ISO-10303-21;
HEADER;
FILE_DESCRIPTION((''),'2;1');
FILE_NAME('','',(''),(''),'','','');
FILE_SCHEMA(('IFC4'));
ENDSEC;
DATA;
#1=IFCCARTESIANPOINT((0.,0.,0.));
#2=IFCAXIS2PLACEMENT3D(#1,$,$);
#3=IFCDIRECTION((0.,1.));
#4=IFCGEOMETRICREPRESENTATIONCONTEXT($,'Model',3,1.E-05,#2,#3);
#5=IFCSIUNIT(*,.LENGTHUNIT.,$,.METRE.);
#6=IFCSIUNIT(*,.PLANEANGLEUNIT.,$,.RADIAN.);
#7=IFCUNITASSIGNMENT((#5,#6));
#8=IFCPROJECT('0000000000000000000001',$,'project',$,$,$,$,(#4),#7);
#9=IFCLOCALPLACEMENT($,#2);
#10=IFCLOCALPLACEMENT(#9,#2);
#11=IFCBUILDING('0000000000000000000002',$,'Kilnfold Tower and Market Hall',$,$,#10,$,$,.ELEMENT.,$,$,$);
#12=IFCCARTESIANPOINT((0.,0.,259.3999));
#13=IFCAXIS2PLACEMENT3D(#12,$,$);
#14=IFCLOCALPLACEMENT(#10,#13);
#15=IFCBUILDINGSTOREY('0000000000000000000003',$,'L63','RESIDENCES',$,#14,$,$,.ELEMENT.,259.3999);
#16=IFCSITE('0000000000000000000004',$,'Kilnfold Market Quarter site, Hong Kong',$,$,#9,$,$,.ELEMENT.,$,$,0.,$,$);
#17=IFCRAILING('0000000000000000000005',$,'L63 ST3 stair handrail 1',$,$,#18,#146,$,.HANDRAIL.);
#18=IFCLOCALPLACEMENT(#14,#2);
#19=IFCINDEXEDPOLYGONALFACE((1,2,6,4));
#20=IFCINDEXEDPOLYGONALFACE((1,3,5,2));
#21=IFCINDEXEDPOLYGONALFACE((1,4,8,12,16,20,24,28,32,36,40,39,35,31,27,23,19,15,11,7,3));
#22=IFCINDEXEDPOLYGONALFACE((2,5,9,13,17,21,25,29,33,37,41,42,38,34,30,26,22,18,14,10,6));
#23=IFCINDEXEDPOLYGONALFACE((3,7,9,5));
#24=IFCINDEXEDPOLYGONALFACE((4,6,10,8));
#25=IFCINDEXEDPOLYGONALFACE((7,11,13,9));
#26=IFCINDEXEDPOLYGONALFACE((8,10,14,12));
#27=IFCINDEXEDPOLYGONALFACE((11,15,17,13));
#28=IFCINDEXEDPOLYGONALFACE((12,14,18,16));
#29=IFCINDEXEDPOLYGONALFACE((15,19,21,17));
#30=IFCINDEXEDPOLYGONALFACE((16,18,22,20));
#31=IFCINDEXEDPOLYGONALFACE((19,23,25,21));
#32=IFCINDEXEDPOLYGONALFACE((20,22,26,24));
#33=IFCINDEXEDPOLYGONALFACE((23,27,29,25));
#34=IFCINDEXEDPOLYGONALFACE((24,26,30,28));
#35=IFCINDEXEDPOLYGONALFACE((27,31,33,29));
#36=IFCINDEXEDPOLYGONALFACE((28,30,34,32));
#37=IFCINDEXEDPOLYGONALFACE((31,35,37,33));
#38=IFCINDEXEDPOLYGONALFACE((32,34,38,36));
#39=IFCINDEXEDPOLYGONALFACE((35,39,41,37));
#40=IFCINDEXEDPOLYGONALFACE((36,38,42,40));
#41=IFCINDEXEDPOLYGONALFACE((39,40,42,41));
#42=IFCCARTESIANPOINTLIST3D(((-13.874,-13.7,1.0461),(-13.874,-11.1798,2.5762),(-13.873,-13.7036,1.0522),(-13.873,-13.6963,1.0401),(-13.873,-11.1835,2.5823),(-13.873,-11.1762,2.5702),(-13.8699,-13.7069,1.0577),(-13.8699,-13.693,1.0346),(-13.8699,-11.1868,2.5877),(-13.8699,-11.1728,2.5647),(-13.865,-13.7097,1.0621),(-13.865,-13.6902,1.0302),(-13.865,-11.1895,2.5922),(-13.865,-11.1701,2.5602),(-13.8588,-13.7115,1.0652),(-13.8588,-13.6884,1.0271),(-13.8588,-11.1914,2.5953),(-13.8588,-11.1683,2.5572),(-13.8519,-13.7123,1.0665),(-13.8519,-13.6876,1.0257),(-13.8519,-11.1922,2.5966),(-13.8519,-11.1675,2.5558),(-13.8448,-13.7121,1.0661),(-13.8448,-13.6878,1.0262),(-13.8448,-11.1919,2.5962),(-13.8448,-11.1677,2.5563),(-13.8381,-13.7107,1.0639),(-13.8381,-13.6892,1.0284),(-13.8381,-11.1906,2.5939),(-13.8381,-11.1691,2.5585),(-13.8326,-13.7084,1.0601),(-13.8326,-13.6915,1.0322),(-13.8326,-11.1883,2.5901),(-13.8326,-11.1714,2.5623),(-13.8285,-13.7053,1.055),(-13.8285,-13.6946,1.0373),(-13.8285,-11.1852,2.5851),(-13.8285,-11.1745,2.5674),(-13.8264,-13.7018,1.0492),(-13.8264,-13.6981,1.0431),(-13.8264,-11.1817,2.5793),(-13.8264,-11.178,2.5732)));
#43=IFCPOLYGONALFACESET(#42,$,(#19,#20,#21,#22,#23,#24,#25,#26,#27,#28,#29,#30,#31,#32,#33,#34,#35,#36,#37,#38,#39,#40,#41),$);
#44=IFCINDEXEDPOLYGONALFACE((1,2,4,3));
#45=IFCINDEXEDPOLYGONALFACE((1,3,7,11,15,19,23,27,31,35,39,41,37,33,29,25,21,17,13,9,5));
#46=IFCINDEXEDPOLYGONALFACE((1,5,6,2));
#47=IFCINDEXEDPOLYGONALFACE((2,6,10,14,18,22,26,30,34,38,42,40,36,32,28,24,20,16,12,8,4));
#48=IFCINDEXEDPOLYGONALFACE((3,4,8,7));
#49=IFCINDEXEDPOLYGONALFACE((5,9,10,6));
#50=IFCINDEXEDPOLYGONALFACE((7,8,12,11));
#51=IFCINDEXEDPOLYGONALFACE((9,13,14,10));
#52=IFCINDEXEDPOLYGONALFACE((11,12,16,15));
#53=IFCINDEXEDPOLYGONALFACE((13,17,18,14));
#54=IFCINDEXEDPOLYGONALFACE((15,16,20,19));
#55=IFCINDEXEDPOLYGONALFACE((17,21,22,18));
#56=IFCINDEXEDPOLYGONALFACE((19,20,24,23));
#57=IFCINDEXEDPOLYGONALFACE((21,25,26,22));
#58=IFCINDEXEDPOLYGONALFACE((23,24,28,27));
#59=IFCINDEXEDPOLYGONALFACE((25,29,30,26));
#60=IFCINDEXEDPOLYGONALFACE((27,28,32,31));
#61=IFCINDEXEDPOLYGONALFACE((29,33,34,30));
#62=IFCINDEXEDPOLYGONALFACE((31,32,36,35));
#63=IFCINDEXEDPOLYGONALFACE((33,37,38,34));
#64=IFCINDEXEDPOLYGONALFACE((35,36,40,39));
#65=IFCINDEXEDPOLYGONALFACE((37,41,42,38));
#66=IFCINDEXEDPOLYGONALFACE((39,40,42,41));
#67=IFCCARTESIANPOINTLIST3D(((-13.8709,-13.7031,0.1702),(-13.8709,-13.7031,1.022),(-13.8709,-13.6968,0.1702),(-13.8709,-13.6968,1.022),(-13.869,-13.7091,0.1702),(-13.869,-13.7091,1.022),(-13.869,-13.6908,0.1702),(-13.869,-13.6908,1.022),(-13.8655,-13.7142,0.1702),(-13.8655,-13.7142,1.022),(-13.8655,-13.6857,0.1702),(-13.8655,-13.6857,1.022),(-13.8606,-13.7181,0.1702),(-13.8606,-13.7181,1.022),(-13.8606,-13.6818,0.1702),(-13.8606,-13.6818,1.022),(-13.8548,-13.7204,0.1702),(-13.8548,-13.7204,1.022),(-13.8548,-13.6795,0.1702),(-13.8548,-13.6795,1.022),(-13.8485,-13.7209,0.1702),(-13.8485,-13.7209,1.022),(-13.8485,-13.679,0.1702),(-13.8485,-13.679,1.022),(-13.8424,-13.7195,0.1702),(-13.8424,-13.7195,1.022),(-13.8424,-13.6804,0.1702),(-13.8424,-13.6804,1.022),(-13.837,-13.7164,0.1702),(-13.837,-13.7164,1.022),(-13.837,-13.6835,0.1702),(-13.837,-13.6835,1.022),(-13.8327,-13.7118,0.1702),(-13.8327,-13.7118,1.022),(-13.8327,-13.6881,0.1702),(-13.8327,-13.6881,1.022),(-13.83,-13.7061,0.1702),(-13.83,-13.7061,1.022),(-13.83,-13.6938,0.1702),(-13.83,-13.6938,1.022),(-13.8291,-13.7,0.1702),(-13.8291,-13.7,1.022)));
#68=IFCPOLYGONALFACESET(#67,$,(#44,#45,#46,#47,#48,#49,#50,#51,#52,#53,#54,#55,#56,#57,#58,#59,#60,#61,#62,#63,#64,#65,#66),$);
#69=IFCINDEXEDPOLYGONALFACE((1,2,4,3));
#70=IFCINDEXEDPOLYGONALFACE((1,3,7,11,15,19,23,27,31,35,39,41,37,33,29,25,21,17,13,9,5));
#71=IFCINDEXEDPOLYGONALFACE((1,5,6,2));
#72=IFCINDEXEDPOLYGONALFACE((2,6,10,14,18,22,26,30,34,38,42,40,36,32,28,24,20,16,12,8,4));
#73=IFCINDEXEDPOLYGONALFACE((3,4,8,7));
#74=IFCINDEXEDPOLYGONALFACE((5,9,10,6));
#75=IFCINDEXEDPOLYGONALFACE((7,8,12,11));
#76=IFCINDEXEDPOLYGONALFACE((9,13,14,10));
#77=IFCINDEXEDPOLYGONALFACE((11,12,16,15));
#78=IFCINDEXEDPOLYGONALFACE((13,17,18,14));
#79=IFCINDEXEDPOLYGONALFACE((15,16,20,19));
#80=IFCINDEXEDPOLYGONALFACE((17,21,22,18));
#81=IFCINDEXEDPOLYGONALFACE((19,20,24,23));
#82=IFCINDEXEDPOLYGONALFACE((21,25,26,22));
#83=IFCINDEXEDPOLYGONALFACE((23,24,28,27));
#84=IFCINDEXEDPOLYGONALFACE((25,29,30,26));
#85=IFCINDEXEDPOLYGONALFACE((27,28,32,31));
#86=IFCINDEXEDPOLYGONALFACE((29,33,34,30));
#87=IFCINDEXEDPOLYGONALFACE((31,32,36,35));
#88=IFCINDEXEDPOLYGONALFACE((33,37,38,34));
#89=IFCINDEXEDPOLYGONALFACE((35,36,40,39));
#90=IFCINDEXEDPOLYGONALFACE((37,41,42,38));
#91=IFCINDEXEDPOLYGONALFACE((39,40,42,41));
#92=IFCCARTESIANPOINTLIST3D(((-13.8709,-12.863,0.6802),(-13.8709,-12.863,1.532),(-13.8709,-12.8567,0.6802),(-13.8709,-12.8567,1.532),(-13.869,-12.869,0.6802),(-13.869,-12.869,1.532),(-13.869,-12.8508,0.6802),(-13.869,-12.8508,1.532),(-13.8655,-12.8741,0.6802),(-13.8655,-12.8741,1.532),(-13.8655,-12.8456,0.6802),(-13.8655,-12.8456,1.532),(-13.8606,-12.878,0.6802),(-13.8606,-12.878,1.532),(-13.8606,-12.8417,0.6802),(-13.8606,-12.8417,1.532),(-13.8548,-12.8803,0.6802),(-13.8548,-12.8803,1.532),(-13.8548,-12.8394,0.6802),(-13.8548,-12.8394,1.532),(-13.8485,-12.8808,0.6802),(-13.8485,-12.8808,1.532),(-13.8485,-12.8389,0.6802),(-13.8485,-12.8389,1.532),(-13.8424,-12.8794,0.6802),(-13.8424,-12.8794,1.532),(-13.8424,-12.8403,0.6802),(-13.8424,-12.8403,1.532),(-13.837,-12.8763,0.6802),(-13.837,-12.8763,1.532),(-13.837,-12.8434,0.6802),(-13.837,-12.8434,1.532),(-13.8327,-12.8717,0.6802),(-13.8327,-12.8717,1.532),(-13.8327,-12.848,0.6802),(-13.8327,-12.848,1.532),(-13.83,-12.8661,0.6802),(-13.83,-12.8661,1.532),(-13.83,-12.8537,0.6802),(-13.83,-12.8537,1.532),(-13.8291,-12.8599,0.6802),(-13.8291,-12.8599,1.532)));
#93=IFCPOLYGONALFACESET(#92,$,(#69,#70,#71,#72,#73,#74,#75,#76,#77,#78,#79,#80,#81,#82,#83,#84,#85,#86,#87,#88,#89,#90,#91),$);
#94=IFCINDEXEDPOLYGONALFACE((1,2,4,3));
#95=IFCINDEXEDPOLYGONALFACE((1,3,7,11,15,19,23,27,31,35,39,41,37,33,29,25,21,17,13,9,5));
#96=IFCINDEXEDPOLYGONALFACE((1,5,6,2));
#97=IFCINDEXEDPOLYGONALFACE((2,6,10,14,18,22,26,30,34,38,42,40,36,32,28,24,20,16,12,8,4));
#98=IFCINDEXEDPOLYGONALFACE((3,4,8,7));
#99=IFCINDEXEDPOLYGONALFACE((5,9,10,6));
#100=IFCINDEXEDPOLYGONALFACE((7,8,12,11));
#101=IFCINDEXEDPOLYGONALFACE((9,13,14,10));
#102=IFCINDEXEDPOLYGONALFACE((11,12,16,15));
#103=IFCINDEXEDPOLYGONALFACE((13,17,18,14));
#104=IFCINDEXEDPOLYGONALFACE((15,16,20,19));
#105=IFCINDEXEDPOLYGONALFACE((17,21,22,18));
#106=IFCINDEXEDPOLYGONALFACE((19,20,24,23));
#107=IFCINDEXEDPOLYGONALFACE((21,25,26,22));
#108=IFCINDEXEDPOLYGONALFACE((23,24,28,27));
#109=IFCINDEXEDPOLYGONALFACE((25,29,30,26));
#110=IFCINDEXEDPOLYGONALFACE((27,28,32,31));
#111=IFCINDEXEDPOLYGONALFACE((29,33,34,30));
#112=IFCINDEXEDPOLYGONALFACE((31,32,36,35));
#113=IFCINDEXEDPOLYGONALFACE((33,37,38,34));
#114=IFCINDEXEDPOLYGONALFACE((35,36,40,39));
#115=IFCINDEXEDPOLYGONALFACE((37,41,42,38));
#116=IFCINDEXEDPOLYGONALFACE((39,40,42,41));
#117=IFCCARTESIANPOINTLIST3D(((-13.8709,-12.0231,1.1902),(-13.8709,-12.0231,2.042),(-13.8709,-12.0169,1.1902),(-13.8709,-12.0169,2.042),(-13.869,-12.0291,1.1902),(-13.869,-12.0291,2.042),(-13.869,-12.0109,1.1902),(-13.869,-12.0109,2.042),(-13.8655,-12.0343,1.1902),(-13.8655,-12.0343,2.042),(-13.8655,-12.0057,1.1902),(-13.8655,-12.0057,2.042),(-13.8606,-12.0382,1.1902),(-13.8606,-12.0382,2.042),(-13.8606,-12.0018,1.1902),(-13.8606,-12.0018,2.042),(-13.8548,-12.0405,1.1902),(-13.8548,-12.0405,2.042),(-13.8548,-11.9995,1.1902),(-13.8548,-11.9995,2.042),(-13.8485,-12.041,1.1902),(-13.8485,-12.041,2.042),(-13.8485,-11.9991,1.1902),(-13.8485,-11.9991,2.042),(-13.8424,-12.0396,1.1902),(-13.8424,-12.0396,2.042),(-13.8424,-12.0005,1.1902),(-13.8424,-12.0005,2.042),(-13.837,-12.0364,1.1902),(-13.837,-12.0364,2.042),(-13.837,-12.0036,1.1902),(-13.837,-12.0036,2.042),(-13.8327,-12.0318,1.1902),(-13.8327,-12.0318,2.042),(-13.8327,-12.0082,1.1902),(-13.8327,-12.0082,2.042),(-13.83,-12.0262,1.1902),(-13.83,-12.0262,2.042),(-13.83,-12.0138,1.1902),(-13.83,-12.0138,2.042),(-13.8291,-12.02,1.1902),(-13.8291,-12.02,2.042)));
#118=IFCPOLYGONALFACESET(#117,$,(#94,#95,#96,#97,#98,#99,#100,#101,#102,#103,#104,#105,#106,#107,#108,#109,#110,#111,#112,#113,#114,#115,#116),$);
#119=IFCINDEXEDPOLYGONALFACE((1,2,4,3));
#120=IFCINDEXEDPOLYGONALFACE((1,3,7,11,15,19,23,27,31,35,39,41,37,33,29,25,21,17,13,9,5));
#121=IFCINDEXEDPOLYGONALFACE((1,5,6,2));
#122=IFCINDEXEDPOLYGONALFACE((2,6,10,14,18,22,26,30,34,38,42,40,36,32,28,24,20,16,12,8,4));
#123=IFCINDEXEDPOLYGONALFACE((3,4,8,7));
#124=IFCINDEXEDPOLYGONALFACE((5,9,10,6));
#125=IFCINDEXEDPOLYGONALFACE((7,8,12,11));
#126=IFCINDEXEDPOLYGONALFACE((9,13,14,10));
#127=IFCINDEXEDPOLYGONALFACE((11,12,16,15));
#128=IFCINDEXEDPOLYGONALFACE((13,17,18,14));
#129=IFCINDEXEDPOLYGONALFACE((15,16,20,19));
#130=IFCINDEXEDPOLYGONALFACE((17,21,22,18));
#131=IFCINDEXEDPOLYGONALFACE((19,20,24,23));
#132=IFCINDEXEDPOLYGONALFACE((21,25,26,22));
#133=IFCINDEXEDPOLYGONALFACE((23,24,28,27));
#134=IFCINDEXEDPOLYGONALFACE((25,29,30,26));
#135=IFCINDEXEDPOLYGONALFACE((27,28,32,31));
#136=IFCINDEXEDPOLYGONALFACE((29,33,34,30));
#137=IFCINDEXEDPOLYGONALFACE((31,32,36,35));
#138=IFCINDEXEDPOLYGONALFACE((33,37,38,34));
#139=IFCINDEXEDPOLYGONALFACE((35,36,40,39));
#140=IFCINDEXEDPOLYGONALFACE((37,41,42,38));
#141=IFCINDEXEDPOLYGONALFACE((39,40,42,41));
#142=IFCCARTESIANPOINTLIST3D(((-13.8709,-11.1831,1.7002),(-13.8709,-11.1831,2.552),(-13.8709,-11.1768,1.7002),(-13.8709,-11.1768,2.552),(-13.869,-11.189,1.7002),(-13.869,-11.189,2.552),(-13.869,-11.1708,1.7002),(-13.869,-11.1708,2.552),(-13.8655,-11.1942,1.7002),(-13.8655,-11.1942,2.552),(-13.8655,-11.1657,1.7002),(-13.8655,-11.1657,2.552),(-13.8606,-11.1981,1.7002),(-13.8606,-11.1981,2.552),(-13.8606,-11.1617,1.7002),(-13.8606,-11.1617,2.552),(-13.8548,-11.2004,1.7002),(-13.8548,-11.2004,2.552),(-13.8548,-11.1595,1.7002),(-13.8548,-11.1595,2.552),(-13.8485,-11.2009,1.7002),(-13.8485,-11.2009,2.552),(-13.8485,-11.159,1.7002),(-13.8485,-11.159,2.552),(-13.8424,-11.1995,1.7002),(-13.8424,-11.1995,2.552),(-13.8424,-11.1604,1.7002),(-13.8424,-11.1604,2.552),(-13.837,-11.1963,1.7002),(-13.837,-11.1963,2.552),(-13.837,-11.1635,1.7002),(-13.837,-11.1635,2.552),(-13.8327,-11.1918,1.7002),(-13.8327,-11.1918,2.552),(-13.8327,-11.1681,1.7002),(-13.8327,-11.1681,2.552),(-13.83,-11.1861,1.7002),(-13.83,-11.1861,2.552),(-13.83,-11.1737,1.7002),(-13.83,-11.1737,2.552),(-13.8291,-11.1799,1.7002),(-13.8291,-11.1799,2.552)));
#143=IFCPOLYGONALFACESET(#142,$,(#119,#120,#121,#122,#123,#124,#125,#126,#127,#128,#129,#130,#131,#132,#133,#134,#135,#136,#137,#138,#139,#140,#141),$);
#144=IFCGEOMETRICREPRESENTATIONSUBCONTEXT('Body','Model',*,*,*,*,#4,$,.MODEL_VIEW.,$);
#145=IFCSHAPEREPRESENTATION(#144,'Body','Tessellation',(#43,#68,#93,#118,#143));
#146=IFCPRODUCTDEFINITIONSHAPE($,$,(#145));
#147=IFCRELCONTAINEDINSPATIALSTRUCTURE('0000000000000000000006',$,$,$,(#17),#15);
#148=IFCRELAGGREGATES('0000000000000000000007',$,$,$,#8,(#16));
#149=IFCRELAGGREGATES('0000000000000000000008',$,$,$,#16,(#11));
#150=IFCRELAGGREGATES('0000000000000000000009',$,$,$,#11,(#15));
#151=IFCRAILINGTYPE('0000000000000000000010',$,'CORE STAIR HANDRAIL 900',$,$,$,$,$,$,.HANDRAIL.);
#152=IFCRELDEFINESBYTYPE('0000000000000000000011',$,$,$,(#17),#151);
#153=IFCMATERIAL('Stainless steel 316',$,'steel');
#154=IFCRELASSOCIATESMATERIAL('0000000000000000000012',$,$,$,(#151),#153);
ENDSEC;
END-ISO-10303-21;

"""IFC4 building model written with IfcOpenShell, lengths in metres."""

from ifc_helpers import new_model, si_unit, direction, frame, origin, origin_2d, place, context, subcontext, project, spatial, circle, extrude, material, type_object, element, save


model = new_model("IFC4")

# Units and contexts
model_context = context("Model", 3, precision=1e-05, world=origin(), true_north=direction((0.0, 1.0)))
body_context = subcontext(model_context, "Body", "Model", "MODEL_VIEW")
ifc_project = project(units=[si_unit("LENGTHUNIT", "METRE"), si_unit("PLANEANGLEUNIT", "RADIAN")], contexts=[model_context])

# Site, building, storey
site_placement = place(None, origin())
site = spatial("IfcSite", under=ifc_project, at=site_placement, Name="Kilnfold Market Quarter site, Hong Kong", CompositionType="ELEMENT", RefElevation=0.0)
building_placement = place(site_placement, origin())
building = spatial("IfcBuilding", under=site, at=building_placement, Name="Kilnfold Tower and Market Hall", CompositionType="ELEMENT")
storey_placement = place(building_placement, frame((0.0, 0.0, 259.3999)))
storey = spatial("IfcBuildingStorey", under=building, at=storey_placement, Name="L63", Description="RESIDENCES", CompositionType="ELEMENT", Elevation=259.3999)

# Railing
ifc_material_1 = material(Name="Stainless steel 316", Category="steel")
railing_type_1 = type_object("IfcRailingType", Name="CORE STAIR HANDRAIL 900", PredefinedType="HANDRAIL", material=ifc_material_1)
railing_1_placement = place(storey_placement, frame((-13.8501, -13.7, 0.1702)))
element("IfcRailing", 1, at=railing_1_placement, inside=storey, type_object=railing_type_1, Name="L63 ST3 stair handrail 1", PredefinedType="HANDRAIL", context=body_context, shape_type="SweptSolid", body=[
    extrude(circle(Radius=0.0239, at=origin_2d()), frame((0.0, 0.0, 0.876), z_axis=(0.0, 0.854785, 0.518982), x_axis=(-1.0, 0.0, 0.0)), (0.0, 0.0, 1.0), 2.9482),
    extrude(circle(Radius=0.021, at=origin_2d()), origin(), (0.0, 0.0, 1.0), 0.8518),
    extrude(circle(Radius=0.021, at=origin_2d()), frame((0.0, 0.8401, 0.51)), (0.0, 0.0, 1.0), 0.8518),
    extrude(circle(Radius=0.021, at=origin_2d()), frame((0.0, 1.6799, 1.02)), (0.0, 0.0, 1.0), 0.8518),
    extrude(circle(Radius=0.021, at=origin_2d()), frame((0.0, 2.52, 1.53)), (0.0, 0.0, 1.0), 0.8518),
])

save(model, "model.ifc")
